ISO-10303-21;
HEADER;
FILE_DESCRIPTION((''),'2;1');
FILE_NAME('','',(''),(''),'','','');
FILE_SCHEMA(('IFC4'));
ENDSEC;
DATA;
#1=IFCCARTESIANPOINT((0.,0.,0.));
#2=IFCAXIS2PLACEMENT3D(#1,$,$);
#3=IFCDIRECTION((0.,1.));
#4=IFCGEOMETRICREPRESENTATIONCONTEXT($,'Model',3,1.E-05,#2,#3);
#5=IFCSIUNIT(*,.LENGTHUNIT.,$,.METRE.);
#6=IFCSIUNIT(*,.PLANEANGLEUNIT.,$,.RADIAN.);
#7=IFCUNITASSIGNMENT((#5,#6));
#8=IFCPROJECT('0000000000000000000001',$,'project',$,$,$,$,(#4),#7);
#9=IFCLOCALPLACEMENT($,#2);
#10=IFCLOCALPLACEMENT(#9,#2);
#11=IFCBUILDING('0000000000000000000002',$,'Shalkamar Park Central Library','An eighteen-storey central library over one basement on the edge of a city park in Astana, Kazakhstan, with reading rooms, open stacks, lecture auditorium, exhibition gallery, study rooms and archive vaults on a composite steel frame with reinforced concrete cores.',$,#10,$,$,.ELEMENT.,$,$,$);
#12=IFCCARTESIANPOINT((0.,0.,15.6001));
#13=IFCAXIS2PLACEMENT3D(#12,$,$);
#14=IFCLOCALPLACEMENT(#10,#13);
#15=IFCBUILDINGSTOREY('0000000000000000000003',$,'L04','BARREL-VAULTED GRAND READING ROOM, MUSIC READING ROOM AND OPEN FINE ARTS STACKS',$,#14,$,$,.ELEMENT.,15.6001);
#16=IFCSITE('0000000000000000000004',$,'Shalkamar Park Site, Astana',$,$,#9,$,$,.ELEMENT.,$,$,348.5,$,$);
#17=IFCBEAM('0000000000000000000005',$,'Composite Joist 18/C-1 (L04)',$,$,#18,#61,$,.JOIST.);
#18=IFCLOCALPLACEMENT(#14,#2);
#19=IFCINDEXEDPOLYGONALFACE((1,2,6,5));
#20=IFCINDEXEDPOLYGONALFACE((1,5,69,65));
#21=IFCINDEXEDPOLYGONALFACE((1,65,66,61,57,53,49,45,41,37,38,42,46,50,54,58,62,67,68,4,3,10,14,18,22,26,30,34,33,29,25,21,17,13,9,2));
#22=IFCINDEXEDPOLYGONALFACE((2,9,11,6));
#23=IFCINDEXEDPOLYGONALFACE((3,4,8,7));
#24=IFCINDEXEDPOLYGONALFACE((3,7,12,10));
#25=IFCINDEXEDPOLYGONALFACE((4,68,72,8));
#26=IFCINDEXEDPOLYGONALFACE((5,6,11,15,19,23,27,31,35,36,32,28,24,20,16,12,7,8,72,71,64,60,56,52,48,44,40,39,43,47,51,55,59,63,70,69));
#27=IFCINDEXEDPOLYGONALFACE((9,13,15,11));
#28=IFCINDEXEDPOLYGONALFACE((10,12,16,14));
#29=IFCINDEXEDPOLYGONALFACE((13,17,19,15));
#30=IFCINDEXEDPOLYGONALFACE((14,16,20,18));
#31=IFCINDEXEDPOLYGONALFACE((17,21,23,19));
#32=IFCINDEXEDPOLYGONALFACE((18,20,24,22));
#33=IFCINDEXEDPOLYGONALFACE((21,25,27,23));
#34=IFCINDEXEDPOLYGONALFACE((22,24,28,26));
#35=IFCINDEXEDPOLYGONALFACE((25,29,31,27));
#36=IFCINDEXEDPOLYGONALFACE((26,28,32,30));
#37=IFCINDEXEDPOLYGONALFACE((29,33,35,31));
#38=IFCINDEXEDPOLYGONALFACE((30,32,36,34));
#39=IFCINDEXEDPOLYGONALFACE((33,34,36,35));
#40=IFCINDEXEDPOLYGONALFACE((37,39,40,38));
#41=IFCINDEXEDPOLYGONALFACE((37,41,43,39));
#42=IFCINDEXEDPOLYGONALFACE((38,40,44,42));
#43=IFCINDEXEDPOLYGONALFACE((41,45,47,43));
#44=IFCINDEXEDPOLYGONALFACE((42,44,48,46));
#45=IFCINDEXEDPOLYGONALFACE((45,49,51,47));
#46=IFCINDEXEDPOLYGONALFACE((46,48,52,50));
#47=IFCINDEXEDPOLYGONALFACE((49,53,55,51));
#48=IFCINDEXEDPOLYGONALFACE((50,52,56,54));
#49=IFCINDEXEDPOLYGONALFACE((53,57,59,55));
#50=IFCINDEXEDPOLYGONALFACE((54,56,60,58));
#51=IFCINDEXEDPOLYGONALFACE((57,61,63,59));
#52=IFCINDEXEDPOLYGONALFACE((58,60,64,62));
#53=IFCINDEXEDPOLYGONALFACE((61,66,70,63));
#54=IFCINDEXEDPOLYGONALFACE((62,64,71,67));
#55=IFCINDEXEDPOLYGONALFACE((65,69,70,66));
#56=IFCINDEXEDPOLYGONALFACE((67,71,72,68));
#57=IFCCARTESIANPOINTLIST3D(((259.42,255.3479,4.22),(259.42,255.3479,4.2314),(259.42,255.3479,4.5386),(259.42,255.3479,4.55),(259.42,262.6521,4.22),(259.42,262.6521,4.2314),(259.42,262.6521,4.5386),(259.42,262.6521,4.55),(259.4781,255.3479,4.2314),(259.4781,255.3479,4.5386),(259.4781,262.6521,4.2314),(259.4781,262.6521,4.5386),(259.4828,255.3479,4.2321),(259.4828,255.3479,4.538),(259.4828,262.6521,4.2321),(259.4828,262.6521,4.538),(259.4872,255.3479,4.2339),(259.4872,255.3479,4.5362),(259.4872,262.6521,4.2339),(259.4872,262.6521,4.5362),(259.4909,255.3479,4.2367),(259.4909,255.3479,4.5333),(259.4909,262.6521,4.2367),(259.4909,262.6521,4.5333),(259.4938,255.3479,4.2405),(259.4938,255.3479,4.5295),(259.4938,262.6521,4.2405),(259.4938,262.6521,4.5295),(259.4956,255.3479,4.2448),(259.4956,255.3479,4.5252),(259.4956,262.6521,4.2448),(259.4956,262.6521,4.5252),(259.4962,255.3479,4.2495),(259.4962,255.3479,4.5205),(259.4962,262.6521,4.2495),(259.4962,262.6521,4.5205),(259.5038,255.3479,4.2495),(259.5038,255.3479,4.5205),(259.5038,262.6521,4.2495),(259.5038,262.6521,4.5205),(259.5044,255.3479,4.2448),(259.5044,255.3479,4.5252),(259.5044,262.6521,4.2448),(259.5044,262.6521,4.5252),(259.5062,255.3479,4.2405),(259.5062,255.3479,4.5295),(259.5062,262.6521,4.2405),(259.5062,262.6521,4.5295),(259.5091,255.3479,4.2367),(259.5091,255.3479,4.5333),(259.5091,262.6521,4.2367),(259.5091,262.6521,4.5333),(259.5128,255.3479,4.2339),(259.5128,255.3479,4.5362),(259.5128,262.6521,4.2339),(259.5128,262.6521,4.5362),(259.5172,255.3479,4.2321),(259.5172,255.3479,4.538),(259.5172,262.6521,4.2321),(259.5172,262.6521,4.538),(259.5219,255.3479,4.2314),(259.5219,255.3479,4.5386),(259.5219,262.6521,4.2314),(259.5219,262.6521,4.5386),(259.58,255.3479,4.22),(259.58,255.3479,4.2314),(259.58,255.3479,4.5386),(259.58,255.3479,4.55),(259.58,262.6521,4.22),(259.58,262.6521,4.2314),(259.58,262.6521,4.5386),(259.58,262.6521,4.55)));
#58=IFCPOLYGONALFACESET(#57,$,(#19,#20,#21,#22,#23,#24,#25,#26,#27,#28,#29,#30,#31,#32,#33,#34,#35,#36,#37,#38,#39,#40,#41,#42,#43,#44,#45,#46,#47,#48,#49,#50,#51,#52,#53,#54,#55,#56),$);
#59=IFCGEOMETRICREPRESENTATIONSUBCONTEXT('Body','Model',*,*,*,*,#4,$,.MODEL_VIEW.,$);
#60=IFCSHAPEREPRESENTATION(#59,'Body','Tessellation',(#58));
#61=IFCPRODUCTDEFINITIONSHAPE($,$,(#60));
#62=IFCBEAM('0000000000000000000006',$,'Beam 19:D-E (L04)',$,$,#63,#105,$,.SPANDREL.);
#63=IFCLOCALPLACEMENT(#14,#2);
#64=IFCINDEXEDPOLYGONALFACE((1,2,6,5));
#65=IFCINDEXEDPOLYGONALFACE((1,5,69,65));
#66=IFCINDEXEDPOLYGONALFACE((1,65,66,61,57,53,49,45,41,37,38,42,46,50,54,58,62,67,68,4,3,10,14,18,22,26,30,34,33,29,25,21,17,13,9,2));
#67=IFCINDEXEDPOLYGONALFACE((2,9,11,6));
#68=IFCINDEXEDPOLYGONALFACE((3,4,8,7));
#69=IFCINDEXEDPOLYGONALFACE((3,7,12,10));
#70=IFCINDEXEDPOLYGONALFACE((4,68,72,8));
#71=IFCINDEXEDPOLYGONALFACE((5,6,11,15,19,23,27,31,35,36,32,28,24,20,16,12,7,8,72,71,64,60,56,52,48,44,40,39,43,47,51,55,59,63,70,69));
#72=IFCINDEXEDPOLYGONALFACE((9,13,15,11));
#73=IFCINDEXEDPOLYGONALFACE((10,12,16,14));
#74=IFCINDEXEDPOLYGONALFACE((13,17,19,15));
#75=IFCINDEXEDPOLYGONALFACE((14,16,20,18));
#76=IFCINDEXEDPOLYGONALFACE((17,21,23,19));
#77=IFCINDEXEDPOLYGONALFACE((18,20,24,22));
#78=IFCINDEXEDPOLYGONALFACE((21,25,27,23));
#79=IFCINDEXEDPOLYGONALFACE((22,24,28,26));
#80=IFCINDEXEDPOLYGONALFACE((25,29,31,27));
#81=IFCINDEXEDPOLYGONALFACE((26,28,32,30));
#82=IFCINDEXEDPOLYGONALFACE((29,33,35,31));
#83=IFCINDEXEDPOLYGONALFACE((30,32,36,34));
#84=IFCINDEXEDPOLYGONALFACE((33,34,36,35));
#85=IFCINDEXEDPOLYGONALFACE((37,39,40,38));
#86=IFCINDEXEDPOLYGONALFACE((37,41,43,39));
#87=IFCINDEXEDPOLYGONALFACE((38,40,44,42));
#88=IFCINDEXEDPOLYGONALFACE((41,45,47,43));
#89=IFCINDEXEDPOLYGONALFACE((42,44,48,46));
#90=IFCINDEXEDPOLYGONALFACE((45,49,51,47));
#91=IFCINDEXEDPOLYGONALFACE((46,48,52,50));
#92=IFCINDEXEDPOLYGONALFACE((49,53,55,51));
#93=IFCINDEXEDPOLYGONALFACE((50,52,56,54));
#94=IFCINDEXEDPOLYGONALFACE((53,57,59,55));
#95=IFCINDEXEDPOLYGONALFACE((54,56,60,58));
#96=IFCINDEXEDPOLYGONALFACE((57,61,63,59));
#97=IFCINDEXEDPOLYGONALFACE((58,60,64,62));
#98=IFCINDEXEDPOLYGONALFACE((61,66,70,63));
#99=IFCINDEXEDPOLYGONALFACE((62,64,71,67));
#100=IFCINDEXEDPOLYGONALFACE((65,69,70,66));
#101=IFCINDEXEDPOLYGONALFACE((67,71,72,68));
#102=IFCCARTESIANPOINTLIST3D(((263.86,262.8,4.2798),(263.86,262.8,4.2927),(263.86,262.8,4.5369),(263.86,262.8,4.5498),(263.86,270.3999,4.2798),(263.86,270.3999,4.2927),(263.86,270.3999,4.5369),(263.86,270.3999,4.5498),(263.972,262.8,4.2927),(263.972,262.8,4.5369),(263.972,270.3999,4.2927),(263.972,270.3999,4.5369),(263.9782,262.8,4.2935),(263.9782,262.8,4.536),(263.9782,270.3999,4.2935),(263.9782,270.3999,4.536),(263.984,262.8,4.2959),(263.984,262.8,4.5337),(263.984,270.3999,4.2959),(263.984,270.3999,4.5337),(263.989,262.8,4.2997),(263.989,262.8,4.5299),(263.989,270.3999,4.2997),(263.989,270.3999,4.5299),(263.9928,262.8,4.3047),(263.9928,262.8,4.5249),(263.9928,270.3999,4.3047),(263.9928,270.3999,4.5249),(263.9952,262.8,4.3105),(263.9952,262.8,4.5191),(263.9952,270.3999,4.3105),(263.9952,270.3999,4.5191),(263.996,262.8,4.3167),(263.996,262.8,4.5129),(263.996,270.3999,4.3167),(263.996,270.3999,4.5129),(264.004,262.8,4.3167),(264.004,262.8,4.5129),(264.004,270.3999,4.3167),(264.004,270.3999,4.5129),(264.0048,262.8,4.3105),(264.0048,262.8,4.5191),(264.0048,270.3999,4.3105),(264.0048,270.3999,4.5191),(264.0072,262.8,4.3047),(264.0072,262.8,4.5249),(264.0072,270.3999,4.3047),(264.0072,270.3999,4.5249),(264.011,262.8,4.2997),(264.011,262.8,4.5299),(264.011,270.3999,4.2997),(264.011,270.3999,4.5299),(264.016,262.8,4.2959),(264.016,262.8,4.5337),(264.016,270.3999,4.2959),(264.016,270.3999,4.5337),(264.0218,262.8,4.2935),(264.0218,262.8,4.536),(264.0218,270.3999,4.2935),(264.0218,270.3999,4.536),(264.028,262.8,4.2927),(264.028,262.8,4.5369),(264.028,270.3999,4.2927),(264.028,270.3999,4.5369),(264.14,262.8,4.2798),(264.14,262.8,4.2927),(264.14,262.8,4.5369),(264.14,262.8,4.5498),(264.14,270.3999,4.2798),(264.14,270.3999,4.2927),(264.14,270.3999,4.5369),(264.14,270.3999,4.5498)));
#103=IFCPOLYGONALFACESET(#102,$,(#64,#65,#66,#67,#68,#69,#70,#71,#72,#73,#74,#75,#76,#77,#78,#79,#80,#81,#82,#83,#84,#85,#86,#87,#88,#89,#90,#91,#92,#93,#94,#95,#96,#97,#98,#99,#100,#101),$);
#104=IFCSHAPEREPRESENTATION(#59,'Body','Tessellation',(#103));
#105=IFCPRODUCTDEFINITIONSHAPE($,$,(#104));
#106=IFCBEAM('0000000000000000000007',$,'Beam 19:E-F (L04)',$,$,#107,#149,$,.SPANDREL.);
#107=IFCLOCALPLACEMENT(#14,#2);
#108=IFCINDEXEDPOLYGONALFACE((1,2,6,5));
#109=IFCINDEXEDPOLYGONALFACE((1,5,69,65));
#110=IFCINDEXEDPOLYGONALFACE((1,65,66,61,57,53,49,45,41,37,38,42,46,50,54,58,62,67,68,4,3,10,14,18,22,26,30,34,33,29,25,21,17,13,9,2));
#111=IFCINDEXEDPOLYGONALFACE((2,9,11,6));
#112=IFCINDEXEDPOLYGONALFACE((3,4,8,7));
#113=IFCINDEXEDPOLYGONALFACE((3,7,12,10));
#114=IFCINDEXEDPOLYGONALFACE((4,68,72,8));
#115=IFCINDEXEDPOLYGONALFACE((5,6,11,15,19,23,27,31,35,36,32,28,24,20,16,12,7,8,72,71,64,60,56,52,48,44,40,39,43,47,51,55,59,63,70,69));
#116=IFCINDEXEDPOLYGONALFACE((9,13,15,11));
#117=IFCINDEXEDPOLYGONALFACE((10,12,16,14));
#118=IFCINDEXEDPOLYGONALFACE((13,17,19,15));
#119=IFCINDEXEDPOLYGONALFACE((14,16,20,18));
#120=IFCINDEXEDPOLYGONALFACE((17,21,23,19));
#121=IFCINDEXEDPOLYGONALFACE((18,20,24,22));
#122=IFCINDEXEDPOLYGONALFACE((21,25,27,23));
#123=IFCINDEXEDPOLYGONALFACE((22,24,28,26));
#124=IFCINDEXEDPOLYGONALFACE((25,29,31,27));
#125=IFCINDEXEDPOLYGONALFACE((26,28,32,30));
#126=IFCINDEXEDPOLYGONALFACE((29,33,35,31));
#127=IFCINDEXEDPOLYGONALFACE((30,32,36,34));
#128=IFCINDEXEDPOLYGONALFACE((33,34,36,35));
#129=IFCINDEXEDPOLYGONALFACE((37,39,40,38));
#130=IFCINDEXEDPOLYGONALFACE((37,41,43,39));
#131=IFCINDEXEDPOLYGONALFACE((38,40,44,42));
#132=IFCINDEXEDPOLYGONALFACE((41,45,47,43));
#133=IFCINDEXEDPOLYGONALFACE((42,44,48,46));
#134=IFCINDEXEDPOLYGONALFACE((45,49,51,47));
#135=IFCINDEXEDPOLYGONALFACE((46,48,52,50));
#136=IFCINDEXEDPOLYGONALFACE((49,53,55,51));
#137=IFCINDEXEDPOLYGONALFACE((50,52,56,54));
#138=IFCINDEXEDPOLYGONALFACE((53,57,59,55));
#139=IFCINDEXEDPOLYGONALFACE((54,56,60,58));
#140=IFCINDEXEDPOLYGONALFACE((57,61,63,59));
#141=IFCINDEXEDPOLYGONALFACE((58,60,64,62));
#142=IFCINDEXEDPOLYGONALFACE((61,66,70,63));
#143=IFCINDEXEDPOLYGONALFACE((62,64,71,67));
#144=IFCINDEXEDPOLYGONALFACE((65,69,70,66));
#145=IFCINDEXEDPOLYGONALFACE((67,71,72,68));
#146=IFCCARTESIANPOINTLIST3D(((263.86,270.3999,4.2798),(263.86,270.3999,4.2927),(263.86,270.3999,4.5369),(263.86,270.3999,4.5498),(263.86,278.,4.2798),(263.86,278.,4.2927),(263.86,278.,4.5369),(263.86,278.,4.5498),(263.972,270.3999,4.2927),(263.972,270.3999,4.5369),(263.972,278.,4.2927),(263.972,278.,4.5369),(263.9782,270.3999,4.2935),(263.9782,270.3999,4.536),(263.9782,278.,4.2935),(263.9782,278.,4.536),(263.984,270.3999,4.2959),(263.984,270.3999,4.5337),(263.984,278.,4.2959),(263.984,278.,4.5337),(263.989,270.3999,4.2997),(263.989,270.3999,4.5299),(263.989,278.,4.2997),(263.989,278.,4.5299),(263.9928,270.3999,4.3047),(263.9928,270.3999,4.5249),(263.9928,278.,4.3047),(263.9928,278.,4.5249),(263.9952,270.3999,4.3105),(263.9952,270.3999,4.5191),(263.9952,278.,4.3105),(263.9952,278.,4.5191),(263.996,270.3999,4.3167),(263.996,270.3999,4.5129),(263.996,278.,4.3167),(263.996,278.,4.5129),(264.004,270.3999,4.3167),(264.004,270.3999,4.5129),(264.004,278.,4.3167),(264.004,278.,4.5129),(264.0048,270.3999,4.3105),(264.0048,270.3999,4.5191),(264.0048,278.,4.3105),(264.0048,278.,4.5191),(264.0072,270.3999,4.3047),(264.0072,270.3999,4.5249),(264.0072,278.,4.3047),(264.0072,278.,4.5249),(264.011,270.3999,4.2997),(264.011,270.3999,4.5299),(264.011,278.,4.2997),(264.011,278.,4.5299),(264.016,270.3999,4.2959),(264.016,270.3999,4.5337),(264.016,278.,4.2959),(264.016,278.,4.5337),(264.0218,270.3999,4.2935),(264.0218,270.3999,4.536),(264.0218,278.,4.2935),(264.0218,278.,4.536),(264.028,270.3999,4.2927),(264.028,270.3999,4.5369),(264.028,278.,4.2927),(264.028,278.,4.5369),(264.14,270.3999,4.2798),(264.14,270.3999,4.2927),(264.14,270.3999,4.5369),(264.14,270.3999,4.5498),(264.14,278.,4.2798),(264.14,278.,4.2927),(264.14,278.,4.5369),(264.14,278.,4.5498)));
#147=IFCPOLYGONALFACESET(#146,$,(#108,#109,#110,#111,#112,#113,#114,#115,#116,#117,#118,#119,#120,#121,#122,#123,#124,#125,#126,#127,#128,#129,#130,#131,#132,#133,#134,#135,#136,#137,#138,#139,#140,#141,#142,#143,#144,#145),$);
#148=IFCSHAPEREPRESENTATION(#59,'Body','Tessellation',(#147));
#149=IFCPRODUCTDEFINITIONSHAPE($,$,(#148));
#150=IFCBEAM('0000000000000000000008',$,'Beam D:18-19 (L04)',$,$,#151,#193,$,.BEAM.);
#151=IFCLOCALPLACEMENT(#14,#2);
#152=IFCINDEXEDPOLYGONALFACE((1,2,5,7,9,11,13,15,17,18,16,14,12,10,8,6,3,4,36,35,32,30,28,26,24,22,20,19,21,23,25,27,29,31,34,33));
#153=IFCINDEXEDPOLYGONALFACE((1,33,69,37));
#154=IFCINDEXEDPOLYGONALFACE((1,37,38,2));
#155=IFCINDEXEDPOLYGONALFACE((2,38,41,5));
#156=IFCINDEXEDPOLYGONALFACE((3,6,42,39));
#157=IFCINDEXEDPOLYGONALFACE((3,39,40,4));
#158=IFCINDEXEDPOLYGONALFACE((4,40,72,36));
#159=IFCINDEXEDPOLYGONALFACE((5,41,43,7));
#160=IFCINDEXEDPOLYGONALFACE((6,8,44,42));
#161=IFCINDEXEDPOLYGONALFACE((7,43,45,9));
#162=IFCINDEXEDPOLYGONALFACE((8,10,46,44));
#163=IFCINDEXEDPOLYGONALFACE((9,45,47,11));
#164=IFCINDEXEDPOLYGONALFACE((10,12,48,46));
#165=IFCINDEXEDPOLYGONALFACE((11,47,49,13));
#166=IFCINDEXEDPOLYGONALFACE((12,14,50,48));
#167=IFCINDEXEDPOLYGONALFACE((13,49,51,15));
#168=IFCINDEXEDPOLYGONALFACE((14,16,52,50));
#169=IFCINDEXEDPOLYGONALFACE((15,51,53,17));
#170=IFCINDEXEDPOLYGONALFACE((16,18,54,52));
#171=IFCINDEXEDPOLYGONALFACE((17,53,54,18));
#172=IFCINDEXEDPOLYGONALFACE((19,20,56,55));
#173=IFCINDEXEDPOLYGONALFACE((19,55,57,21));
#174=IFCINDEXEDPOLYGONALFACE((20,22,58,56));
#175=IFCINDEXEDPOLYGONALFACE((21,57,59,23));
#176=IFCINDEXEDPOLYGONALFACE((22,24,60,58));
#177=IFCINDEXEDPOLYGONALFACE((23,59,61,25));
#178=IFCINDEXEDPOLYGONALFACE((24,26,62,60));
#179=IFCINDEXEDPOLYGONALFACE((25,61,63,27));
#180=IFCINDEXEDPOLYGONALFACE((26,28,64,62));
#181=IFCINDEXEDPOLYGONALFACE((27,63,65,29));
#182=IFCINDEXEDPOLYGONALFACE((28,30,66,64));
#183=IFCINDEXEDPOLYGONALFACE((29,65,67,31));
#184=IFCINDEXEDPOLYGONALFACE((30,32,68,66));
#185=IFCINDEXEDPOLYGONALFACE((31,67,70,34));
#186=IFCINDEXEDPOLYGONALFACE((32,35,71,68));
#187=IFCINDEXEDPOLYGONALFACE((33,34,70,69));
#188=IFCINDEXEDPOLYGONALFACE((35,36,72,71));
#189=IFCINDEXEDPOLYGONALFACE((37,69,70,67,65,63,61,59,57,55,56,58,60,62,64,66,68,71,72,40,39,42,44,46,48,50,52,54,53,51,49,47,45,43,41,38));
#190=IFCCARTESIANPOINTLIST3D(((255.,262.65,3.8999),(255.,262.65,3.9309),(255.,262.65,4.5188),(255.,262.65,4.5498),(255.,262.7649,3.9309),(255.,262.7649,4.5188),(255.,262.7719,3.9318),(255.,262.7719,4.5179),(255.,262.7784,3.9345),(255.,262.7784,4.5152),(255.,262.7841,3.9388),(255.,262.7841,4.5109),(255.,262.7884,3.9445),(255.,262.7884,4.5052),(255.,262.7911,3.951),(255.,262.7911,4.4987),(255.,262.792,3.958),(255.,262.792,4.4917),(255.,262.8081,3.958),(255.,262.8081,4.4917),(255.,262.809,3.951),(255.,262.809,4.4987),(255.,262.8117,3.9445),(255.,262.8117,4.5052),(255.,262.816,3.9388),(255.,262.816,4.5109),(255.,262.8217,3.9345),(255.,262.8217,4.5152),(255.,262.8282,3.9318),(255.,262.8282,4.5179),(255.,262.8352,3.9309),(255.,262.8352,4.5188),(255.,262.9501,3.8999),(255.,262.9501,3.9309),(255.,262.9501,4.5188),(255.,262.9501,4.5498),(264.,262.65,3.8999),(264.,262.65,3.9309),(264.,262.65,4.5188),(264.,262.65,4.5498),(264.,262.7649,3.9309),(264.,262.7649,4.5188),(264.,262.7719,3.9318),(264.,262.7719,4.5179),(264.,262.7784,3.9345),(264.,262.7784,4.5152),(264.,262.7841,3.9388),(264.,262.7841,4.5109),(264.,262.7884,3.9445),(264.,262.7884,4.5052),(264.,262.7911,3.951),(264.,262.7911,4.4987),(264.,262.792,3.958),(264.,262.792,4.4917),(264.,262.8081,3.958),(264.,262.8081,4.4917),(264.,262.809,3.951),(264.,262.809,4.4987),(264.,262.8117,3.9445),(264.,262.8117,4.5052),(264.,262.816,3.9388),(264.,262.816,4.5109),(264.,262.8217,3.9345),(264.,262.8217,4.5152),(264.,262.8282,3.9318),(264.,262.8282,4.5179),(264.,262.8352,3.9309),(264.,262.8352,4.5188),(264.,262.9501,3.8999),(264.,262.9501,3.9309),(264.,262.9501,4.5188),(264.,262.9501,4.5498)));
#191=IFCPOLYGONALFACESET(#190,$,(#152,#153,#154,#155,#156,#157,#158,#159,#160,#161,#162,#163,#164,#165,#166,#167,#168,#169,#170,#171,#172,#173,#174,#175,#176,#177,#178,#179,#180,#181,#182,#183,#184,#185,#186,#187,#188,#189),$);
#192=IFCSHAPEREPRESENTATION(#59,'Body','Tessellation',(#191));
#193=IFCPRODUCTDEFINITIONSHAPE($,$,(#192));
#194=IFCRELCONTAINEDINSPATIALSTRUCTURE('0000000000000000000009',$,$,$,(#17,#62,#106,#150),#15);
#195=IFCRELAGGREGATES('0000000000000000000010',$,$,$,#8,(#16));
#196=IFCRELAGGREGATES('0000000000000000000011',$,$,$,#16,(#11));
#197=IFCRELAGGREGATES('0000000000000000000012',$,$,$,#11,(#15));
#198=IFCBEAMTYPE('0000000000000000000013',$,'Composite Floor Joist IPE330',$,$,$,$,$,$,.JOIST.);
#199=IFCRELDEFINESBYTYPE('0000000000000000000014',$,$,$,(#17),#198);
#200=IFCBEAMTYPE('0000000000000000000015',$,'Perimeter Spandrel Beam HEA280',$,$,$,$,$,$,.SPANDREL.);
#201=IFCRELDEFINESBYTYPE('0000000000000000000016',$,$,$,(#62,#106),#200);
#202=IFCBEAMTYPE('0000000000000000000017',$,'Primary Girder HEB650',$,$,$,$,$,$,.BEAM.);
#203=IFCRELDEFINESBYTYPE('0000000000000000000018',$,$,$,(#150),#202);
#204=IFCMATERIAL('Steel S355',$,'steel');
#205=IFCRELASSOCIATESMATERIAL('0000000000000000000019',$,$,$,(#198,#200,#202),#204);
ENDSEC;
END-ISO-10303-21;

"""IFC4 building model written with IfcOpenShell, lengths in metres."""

from ifc_helpers import new_model, si_unit, direction, frame, origin, origin_2d, place, context, subcontext, project, spatial, i_section, extrude, material, material_profile, profile_set, type_object, element, save


model = new_model("IFC4")

# Units and contexts
model_context = context("Model", 3, precision=1e-05, world=origin(), true_north=direction((0.0, 1.0)))
body_context = subcontext(model_context, "Body", "Model", "MODEL_VIEW")
ifc_project = project(units=[si_unit("LENGTHUNIT", "METRE"), si_unit("PLANEANGLEUNIT", "RADIAN")], contexts=[model_context])

# Site, building, storey
site_placement = place(None, origin())
site = spatial("IfcSite", under=ifc_project, at=site_placement, Name="Shalkamar Park Site, Astana", CompositionType="ELEMENT", RefElevation=348.5)
building_placement = place(site_placement, origin())
building = spatial("IfcBuilding", under=site, at=building_placement, Name="Shalkamar Park Central Library", Description="An eighteen-storey central library over one basement on the edge of a city park in Astana, Kazakhstan, with reading rooms, open stacks, lecture auditorium, exhibition gallery, study rooms and archive vaults on a composite steel frame with reinforced concrete cores.", CompositionType="ELEMENT")
storey_placement = place(building_placement, frame((0.0, 0.0, 15.6001)))
storey = spatial("IfcBuildingStorey", under=building, at=storey_placement, Name="L04", Description="BARREL-VAULTED GRAND READING ROOM, MUSIC READING ROOM AND OPEN FINE ARTS STACKS", CompositionType="ELEMENT", Elevation=15.6001)

# Shared definitions
ifc_material_1 = material(Name="Steel S355", Category="steel")

# Beams
ifc_material_profile_1 = material_profile(ifc_material_1, i_section(OverallWidth=0.1599, OverallDepth=0.3301, WebThickness=0.0076, FlangeThickness=0.0115, FilletRadius=0.0181, at=origin_2d()), Name="IPE 330")
ifc_profile_set_1 = profile_set([ifc_material_profile_1], Name="Steel S355")
beam_type_1 = type_object("IfcBeamType", Name="Composite Floor Joist IPE330", PredefinedType="JOIST", material=ifc_profile_set_1)
beam_1_placement = place(storey_placement, frame((259.5, 255.3479, 4.385), z_axis=(0.0, 1.0, 0.0), x_axis=(-1.0, 0.0, 0.0)))
element("IfcBeam", 1, at=beam_1_placement, inside=storey, type_object=beam_type_1, Name="Composite Joist 18/C-1 (L04)", PredefinedType="JOIST", context=body_context, shape_type="SweptSolid", body=[
    extrude(i_section(OverallWidth=0.1599, OverallDepth=0.3301, WebThickness=0.0076, FlangeThickness=0.0115, FilletRadius=0.0181, at=origin_2d()), origin(), (0.0, 0.0, 1.0), 7.3042),
])
ifc_material_profile_2 = material_profile(ifc_material_1, i_section(OverallWidth=0.28, OverallDepth=0.27, WebThickness=0.0081, FlangeThickness=0.0129, FilletRadius=0.0239, at=origin_2d()), Name="HEA 280")
ifc_profile_set_2 = profile_set([ifc_material_profile_2], Name="Steel S355")
beam_type_2 = type_object("IfcBeamType", Name="Perimeter Spandrel Beam HEA280", PredefinedType="SPANDREL", material=ifc_profile_set_2)
beam_2_placement = place(storey_placement, frame((264.0, 262.8, 4.4148), z_axis=(0.0, 1.0, 0.0), x_axis=(-1.0, 0.0, 0.0)))
element("IfcBeam", 2, at=beam_2_placement, inside=storey, type_object=beam_type_2, Name="Beam 19:D-E (L04)", PredefinedType="SPANDREL", context=body_context, shape_type="SweptSolid", body=[
    extrude(i_section(OverallWidth=0.28, OverallDepth=0.27, WebThickness=0.0081, FlangeThickness=0.0129, FilletRadius=0.0239, at=origin_2d()), origin(), (0.0, 0.0, 1.0), 7.5999),
])
beam_3_placement = place(storey_placement, frame((264.0, 270.3999, 4.4148), z_axis=(0.0, 1.0, 0.0), x_axis=(-1.0, 0.0, 0.0)))
element("IfcBeam", 3, at=beam_3_placement, inside=storey, type_object=beam_type_2, Name="Beam 19:E-F (L04)", PredefinedType="SPANDREL", context=body_context, shape_type="SweptSolid", body=[
    extrude(i_section(OverallWidth=0.28, OverallDepth=0.27, WebThickness=0.0081, FlangeThickness=0.0129, FilletRadius=0.0239, at=origin_2d()), origin(), (0.0, 0.0, 1.0), 7.6001),
])
ifc_material_profile_3 = material_profile(ifc_material_1, i_section(OverallWidth=0.3, OverallDepth=0.6499, WebThickness=0.0161, FlangeThickness=0.031, FilletRadius=0.0271, at=origin_2d()), Name="HEB 650")
ifc_profile_set_3 = profile_set([ifc_material_profile_3], Name="Steel S355")
beam_type_3 = type_object("IfcBeamType", Name="Primary Girder HEB650", PredefinedType="BEAM", material=ifc_profile_set_3)
for number, where, z_axis, x_axis, name in (
    (4, (255.0, 262.8, 4.2249), (1.0, 0.0, 0.0), (0.0, 1.0, 0.0), "Beam D:18-19 (L04)"),
):
    element("IfcBeam", number, at=place(storey_placement, frame(where, z_axis=z_axis, x_axis=x_axis)), inside=storey, type_object=beam_type_3, Name=name, PredefinedType="BEAM", context=body_context, shape_type="SweptSolid", body=[
        extrude(i_section(OverallWidth=0.3, OverallDepth=0.6499, WebThickness=0.0161, FlangeThickness=0.031, FilletRadius=0.0271, at=origin_2d()), origin(), (0.0, 0.0, 1.0), 9.0),
    ])

save(model, "model.ifc")
